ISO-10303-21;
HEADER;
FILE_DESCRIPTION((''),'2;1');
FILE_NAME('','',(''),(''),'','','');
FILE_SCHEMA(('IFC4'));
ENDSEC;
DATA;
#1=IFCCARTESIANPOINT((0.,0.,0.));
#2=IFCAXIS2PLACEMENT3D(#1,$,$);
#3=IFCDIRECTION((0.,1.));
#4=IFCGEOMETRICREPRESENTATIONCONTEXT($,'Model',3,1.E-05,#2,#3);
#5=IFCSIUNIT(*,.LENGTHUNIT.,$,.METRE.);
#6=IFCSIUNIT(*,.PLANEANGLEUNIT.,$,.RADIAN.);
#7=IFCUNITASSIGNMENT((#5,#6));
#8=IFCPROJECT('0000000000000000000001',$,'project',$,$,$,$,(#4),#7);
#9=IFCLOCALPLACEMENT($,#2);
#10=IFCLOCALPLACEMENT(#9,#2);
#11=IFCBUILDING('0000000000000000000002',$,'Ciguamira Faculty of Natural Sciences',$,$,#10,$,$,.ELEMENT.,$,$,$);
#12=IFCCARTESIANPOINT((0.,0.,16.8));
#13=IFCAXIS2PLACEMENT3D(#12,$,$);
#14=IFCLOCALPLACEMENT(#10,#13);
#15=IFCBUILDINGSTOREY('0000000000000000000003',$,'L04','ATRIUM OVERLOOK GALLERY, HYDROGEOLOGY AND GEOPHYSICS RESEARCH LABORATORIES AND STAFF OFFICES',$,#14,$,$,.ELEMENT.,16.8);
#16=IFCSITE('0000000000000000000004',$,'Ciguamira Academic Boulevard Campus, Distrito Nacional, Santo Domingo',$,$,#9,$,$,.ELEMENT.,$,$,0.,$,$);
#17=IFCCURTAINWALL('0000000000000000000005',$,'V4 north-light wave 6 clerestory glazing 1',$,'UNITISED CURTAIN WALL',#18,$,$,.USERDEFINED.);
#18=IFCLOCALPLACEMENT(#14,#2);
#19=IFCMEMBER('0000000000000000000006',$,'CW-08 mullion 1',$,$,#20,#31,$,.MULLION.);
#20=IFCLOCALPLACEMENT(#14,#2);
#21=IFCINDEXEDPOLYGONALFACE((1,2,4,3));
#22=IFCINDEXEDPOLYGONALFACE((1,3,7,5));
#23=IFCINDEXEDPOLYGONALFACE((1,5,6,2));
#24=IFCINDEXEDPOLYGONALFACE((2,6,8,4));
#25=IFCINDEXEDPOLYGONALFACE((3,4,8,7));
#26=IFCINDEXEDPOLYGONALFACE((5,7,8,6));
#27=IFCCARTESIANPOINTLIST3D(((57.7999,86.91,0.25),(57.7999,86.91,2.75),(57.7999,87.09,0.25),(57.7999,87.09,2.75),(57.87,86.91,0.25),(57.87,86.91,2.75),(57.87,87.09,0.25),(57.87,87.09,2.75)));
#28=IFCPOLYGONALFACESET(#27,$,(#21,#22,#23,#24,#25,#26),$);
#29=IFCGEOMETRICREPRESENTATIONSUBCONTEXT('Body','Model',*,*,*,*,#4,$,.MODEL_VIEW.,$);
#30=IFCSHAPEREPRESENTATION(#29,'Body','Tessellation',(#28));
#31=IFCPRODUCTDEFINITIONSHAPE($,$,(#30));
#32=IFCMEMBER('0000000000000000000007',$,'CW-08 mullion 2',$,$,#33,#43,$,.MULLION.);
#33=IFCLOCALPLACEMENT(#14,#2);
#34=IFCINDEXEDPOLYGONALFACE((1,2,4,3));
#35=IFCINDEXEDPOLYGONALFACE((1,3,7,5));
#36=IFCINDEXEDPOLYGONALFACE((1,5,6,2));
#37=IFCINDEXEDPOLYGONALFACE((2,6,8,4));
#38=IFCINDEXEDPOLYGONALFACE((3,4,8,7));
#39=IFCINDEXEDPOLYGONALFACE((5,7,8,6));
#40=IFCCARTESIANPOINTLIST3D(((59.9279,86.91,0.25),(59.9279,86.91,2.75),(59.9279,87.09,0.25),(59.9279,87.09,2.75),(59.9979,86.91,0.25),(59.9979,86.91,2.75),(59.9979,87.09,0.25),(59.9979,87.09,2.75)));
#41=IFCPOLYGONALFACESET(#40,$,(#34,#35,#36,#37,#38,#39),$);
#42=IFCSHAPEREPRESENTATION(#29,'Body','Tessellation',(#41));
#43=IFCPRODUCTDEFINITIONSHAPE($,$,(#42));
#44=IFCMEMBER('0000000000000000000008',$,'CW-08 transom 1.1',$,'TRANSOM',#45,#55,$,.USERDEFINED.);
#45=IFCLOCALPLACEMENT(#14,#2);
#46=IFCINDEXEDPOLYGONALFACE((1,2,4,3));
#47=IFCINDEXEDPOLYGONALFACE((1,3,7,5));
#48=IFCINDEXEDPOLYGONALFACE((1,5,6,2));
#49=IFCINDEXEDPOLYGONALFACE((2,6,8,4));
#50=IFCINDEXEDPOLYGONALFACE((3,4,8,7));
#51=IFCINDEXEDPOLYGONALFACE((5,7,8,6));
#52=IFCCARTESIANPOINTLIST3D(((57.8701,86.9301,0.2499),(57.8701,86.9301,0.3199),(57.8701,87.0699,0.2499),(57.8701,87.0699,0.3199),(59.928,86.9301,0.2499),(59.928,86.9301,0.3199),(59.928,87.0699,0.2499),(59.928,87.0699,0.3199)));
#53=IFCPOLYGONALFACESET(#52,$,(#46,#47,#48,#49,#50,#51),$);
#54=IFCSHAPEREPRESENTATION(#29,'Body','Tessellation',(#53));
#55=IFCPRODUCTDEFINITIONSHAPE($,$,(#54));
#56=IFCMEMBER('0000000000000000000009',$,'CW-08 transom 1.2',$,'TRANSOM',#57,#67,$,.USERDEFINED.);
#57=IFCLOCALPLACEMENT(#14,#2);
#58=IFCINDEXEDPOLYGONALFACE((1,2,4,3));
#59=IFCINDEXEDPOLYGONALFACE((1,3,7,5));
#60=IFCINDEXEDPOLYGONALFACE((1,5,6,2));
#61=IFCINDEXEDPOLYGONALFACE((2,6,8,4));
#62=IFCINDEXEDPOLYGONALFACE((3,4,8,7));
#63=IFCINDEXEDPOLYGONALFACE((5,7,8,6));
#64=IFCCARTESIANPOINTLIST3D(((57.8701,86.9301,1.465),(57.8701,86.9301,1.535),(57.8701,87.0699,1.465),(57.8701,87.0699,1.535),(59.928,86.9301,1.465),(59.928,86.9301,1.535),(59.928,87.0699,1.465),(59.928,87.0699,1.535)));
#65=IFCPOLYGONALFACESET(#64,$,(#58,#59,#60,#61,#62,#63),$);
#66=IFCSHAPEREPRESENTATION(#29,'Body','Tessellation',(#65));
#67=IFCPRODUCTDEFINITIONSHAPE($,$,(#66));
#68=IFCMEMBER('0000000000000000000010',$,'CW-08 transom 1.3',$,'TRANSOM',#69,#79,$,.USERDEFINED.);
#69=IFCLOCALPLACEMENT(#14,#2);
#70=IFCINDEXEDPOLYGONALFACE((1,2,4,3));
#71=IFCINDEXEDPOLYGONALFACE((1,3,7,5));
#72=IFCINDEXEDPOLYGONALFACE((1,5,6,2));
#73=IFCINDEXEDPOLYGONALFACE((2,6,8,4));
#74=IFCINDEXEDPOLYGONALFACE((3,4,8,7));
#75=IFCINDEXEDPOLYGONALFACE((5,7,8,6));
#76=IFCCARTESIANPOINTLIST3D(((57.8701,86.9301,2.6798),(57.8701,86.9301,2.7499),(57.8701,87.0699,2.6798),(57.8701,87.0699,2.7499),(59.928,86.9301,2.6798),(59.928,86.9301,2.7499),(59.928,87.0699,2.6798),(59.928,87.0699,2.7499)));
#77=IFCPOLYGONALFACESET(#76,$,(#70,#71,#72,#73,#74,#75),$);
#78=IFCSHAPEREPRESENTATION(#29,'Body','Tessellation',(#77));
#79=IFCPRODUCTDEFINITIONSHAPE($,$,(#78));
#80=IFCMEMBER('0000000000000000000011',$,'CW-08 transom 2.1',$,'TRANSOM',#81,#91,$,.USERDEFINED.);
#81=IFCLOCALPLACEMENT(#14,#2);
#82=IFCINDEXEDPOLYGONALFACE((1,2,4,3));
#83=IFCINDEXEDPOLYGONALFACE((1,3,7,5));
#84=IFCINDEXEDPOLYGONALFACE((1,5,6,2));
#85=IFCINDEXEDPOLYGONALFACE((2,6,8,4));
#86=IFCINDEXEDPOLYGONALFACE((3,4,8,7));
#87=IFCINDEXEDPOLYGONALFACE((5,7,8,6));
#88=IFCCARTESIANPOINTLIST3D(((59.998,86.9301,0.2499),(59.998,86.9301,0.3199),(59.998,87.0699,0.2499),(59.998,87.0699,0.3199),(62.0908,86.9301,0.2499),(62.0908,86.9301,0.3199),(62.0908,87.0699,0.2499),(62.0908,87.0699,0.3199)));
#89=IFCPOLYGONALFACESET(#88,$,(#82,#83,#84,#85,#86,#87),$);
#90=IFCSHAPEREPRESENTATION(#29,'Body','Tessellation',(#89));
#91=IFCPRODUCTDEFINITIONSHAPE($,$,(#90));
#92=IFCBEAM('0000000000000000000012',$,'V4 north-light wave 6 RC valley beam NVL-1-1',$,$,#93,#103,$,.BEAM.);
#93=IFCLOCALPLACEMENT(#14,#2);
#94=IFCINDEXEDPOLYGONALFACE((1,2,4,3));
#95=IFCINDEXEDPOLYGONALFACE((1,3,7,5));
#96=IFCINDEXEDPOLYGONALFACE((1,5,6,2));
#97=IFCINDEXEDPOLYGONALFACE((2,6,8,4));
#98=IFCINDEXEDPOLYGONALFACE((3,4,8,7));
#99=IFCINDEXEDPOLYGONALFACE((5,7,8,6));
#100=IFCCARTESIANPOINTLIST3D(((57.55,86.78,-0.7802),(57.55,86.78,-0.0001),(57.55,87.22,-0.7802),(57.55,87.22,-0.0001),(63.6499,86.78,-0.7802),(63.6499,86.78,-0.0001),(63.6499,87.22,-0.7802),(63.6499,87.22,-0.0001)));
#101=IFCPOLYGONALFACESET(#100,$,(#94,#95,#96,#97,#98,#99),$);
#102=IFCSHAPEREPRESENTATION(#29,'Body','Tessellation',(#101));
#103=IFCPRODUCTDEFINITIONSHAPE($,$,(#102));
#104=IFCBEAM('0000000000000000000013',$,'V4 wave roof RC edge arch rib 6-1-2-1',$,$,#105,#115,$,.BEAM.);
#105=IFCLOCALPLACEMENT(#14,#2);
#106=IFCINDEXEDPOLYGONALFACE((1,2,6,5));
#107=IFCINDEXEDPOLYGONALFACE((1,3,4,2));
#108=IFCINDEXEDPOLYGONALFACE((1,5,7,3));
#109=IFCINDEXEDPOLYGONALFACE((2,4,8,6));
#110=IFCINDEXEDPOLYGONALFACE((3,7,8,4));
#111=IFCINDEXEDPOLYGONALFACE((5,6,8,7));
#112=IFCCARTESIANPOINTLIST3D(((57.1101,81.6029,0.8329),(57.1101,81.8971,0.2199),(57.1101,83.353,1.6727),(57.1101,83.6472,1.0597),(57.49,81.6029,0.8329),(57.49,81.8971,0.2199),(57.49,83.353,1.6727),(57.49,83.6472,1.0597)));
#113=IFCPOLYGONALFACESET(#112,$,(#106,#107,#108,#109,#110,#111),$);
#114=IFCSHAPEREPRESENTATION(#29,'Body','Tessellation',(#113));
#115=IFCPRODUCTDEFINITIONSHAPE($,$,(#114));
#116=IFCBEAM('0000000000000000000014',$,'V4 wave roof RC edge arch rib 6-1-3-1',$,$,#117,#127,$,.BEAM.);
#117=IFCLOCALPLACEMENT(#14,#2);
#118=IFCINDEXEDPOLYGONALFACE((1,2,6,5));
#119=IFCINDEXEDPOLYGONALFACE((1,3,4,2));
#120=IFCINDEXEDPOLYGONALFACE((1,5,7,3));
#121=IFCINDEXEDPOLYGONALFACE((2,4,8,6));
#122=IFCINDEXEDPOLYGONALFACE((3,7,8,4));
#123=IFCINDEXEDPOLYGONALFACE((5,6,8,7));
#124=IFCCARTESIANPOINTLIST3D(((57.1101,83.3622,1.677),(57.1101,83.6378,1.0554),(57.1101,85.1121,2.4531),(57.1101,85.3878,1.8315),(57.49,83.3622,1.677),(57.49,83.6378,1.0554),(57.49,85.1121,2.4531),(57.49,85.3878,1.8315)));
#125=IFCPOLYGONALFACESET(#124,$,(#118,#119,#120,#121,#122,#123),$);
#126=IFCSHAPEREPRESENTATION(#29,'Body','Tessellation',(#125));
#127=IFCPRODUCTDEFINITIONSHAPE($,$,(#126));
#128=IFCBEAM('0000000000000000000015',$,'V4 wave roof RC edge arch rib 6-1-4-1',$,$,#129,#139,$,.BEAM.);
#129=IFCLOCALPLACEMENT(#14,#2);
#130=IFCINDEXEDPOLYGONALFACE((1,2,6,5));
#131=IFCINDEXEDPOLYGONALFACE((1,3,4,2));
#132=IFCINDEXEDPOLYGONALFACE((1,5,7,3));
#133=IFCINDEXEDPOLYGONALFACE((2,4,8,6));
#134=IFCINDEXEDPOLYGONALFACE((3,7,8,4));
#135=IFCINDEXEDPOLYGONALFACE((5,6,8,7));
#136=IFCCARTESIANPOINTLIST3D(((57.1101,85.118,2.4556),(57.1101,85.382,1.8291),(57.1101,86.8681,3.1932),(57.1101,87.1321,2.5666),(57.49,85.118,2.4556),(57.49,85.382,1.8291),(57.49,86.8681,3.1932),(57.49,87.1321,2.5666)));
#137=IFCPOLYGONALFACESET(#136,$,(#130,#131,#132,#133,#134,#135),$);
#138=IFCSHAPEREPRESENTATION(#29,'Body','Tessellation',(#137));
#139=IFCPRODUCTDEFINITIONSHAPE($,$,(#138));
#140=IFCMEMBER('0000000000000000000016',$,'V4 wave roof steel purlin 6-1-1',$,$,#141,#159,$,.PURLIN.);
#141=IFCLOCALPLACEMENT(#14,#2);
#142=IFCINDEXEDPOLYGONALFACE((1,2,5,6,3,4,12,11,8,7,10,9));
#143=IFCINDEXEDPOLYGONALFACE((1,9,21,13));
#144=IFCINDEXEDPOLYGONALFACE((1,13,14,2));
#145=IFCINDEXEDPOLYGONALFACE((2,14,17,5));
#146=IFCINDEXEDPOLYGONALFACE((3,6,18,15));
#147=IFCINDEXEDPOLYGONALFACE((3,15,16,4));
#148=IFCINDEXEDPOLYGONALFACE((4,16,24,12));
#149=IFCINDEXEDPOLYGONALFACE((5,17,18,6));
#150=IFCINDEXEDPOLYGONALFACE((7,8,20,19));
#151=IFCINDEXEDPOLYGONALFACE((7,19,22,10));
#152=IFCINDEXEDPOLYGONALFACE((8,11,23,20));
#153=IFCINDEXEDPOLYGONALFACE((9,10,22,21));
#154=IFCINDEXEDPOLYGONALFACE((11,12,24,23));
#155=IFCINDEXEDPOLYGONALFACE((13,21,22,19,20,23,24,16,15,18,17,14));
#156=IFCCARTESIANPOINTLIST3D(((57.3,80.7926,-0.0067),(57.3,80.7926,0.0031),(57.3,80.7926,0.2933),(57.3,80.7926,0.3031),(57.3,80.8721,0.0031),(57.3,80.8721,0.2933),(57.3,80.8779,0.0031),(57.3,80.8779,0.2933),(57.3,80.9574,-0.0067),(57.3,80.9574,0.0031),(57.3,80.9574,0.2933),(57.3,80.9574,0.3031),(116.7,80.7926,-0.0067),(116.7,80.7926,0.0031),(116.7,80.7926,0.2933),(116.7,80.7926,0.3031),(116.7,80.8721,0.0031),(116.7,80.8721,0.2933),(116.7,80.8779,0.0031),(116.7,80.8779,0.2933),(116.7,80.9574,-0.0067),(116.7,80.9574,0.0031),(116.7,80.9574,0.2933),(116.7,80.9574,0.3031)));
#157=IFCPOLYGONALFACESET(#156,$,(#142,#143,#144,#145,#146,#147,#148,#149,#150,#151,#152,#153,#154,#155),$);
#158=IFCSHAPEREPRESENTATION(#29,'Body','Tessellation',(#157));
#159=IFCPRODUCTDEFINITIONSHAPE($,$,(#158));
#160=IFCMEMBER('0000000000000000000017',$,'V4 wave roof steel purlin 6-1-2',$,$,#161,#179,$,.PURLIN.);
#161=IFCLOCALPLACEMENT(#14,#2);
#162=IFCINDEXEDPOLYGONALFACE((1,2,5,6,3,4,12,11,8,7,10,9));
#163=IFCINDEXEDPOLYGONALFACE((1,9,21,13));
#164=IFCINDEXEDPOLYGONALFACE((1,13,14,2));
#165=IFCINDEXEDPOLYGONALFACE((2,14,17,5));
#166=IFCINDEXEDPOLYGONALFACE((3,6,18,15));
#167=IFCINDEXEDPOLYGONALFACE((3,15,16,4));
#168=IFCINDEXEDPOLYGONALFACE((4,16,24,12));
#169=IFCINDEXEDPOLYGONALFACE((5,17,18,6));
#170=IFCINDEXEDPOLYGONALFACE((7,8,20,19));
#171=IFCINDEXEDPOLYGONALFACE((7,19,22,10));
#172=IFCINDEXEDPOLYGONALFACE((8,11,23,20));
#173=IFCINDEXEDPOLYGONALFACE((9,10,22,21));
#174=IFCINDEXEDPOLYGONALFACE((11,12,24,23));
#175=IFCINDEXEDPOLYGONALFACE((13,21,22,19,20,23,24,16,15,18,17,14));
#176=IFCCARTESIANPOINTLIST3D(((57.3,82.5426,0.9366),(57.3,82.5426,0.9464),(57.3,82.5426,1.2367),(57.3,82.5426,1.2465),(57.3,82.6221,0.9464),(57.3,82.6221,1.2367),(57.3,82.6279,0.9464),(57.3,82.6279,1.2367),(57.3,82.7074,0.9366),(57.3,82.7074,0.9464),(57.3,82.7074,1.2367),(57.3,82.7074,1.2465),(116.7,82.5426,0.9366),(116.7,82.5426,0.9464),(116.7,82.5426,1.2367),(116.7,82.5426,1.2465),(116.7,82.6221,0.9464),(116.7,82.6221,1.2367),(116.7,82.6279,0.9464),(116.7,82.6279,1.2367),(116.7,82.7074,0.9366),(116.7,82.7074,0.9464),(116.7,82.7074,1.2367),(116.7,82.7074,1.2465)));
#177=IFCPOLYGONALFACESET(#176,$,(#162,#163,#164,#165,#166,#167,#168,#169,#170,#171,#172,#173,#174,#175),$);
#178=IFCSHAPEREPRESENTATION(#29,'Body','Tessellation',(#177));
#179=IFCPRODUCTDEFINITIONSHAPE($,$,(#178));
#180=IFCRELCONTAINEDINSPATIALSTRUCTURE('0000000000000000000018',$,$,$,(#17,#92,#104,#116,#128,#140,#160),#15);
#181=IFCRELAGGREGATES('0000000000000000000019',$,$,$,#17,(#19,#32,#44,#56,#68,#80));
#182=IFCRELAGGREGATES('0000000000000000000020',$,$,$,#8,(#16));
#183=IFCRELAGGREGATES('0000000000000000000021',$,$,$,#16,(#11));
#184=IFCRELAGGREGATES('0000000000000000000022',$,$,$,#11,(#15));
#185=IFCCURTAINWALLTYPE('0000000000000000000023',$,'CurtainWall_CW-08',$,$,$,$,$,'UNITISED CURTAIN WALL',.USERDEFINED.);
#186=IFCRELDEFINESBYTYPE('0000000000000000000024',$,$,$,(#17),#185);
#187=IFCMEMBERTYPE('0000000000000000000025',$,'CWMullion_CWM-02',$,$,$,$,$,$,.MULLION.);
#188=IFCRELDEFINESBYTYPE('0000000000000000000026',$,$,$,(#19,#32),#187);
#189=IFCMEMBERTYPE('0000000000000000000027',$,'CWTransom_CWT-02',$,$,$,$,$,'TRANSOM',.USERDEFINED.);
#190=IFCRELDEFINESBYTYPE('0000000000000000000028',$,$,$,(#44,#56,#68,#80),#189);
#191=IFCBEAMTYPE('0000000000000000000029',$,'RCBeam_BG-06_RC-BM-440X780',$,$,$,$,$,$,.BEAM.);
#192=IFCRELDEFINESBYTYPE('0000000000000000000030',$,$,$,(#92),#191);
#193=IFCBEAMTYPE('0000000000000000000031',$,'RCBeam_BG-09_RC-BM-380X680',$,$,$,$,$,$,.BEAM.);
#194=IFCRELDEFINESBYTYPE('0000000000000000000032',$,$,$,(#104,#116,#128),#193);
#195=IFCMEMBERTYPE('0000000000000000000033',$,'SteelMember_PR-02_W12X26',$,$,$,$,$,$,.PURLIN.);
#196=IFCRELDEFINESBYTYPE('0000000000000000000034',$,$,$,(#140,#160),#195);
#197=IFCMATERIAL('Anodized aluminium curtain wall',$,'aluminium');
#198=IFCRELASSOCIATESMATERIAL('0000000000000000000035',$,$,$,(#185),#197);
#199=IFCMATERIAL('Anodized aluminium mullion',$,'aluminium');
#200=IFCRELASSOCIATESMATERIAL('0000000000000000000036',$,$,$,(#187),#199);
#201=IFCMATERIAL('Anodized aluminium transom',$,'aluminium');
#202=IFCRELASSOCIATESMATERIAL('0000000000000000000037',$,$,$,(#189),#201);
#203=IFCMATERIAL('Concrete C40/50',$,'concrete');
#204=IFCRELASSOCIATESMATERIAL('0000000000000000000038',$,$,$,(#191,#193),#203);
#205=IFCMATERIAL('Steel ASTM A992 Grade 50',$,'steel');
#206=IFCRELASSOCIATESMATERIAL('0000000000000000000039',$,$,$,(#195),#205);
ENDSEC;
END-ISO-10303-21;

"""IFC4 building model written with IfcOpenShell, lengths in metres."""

from ifc_helpers import new_model, si_unit, direction, frame, origin, origin_2d, place, context, subcontext, project, spatial, rectangle, i_section, extrude, material, material_profile, profile_set, type_object, element, aggregate, save


model = new_model("IFC4")

# Units and contexts
model_context = context("Model", 3, precision=1e-05, world=origin(), true_north=direction((0.0, 1.0)))
body_context = subcontext(model_context, "Body", "Model", "MODEL_VIEW")
ifc_project = project(units=[si_unit("LENGTHUNIT", "METRE"), si_unit("PLANEANGLEUNIT", "RADIAN")], contexts=[model_context])

# Site, building, storey
site_placement = place(None, origin())
site = spatial("IfcSite", under=ifc_project, at=site_placement, Name="Ciguamira Academic Boulevard Campus, Distrito Nacional, Santo Domingo", CompositionType="ELEMENT", RefElevation=0.0)
building_placement = place(site_placement, origin())
building = spatial("IfcBuilding", under=site, at=building_placement, Name="Ciguamira Faculty of Natural Sciences", CompositionType="ELEMENT")
storey_placement = place(building_placement, frame((0.0, 0.0, 16.8)))
storey = spatial("IfcBuildingStorey", under=building, at=storey_placement, Name="L04", Description="ATRIUM OVERLOOK GALLERY, HYDROGEOLOGY AND GEOPHYSICS RESEARCH LABORATORIES AND STAFF OFFICES", CompositionType="ELEMENT", Elevation=16.8)

# Curtain wall, members
ifc_material_1 = material(Name="Anodized aluminium curtain wall", Category="aluminium")
curtain_wall_type = type_object("IfcCurtainWallType", Name="CurtainWall_CW-08", ElementType="UNITISED CURTAIN WALL", PredefinedType="USERDEFINED", material=ifc_material_1)
curtain_wall_placement = place(storey_placement, origin())
curtain_wall = element("IfcCurtainWall", 1, at=curtain_wall_placement, inside=storey, type_object=curtain_wall_type, Name="V4 north-light wave 6 clerestory glazing 1", ObjectType="UNITISED CURTAIN WALL", PredefinedType="USERDEFINED")
ifc_material_2 = material(Name="Anodized aluminium mullion", Category="aluminium")
ifc_material_profile_1 = material_profile(ifc_material_2, rectangle(XDim=0.0701, YDim=0.1799, at=origin_2d()), Name="ALU-MUL-70X180")
ifc_profile_set_1 = profile_set([ifc_material_profile_1], Name="Anodized aluminium mullion")
member_type_1 = type_object("IfcMemberType", Name="CWMullion_CWM-02", PredefinedType="MULLION", material=ifc_profile_set_1)
member_1_placement = place(storey_placement, frame((57.835, 87.0, 0.25), z_axis=(0.0, 0.0, 1.0), x_axis=(1.0, 0.0, 0.0)))
member_1 = element("IfcMember", 2, at=member_1_placement, type_object=member_type_1, Name="CW-08 mullion 1", PredefinedType="MULLION", context=body_context, shape_type="SweptSolid", body=[
    extrude(rectangle(XDim=0.0701, YDim=0.1799, at=origin_2d()), origin(), (0.0, 0.0, 1.0), 2.5),
])
member_2_placement = place(storey_placement, frame((59.9629, 87.0, 0.25), z_axis=(0.0, 0.0, 1.0), x_axis=(1.0, 0.0, 0.0)))
member_2 = element("IfcMember", 3, at=member_2_placement, type_object=member_type_1, Name="CW-08 mullion 2", PredefinedType="MULLION", context=body_context, shape_type="SweptSolid", body=[
    extrude(rectangle(XDim=0.0701, YDim=0.1799, at=origin_2d()), origin(), (0.0, 0.0, 1.0), 2.5),
])
ifc_material_3 = material(Name="Anodized aluminium transom", Category="aluminium")
ifc_material_profile_2 = material_profile(ifc_material_3, rectangle(XDim=0.0701, YDim=0.1399, at=origin_2d()), Name="ALU-TRN-70X140")
ifc_profile_set_2 = profile_set([ifc_material_profile_2], Name="Anodized aluminium transom")
member_type_2 = type_object("IfcMemberType", Name="CWTransom_CWT-02", ElementType="TRANSOM", PredefinedType="USERDEFINED", material=ifc_profile_set_2)
member_3_placement = place(storey_placement, frame((57.8701, 87.0, 0.2849), z_axis=(1.0, 0.0, 0.0), x_axis=(0.0, 0.0, 1.0)))
member_3 = element("IfcMember", 4, at=member_3_placement, type_object=member_type_2, Name="CW-08 transom 1.1", ObjectType="TRANSOM", PredefinedType="USERDEFINED", context=body_context, shape_type="SweptSolid", body=[
    extrude(rectangle(XDim=0.0701, YDim=0.1399, at=origin_2d()), origin(), (0.0, 0.0, 1.0), 2.0579),
])
member_4_placement = place(storey_placement, frame((57.8701, 87.0, 1.5), z_axis=(1.0, 0.0, 0.0), x_axis=(0.0, 0.0, 1.0)))
member_4 = element("IfcMember", 5, at=member_4_placement, type_object=member_type_2, Name="CW-08 transom 1.2", ObjectType="TRANSOM", PredefinedType="USERDEFINED", context=body_context, shape_type="SweptSolid", body=[
    extrude(rectangle(XDim=0.0701, YDim=0.1399, at=origin_2d()), origin(), (0.0, 0.0, 1.0), 2.0579),
])
member_5_placement = place(storey_placement, frame((57.8701, 87.0, 2.7148), z_axis=(1.0, 0.0, 0.0), x_axis=(0.0, 0.0, 1.0)))
member_5 = element("IfcMember", 6, at=member_5_placement, type_object=member_type_2, Name="CW-08 transom 1.3", ObjectType="TRANSOM", PredefinedType="USERDEFINED", context=body_context, shape_type="SweptSolid", body=[
    extrude(rectangle(XDim=0.0701, YDim=0.1399, at=origin_2d()), origin(), (0.0, 0.0, 1.0), 2.0579),
])
member_6_placement = place(storey_placement, frame((59.998, 87.0, 0.2849), z_axis=(1.0, 0.0, 0.0), x_axis=(0.0, 0.0, 1.0)))
member_6 = element("IfcMember", 7, at=member_6_placement, type_object=member_type_2, Name="CW-08 transom 2.1", ObjectType="TRANSOM", PredefinedType="USERDEFINED", context=body_context, shape_type="SweptSolid", body=[
    extrude(rectangle(XDim=0.0701, YDim=0.1399, at=origin_2d()), origin(), (0.0, 0.0, 1.0), 2.0928),
])

# Beams
ifc_material_4 = material(Name="Concrete C40/50", Category="concrete")
ifc_material_profile_3 = material_profile(ifc_material_4, rectangle(XDim=0.4399, YDim=0.78, at=origin_2d()), Name="RC-BM-440X780")
ifc_profile_set_3 = profile_set([ifc_material_profile_3], Name="Concrete C40/50")
beam_type_1 = type_object("IfcBeamType", Name="RCBeam_BG-06_RC-BM-440X780", PredefinedType="BEAM", material=ifc_profile_set_3)
beam_1_placement = place(storey_placement, frame((57.55, 87.0, -0.3901), z_axis=(1.0, 0.0, 0.0), x_axis=(0.0, 1.0, 0.0)))
element("IfcBeam", 8, at=beam_1_placement, inside=storey, type_object=beam_type_1, Name="V4 north-light wave 6 RC valley beam NVL-1-1", PredefinedType="BEAM", context=body_context, shape_type="SweptSolid", body=[
    extrude(rectangle(XDim=0.4399, YDim=0.78, at=origin_2d()), origin(), (0.0, 0.0, 1.0), 6.0999),
])
ifc_material_profile_4 = material_profile(ifc_material_4, rectangle(XDim=0.3799, YDim=0.6799, at=origin_2d()), Name="RC-BM-380X680")
ifc_profile_set_4 = profile_set([ifc_material_profile_4], Name="Concrete C40/50")
beam_type_2 = type_object("IfcBeamType", Name="RCBeam_BG-09_RC-BM-380X680", PredefinedType="BEAM", material=ifc_profile_set_4)
beam_2_placement = place(storey_placement, frame((57.3, 81.75, 0.5264), z_axis=(0.0, 0.901554, 0.432666), x_axis=(-1.0, 0.0, 0.0)))
element("IfcBeam", 9, at=beam_2_placement, inside=storey, type_object=beam_type_2, Name="V4 wave roof RC edge arch rib 6-1-2-1", PredefinedType="BEAM", context=body_context, shape_type="SweptSolid", body=[
    extrude(rectangle(XDim=0.3799, YDim=0.6799, at=origin_2d()), origin(), (0.0, 0.0, 1.0), 1.9412),
])
beam_3_placement = place(storey_placement, frame((57.3, 83.5, 1.3662), z_axis=(0.0, 0.914132, 0.405417), x_axis=(-1.0, 0.0, 0.0)))
element("IfcBeam", 10, at=beam_3_placement, inside=storey, type_object=beam_type_2, Name="V4 wave roof RC edge arch rib 6-1-3-1", PredefinedType="BEAM", context=body_context, shape_type="SweptSolid", body=[
    extrude(rectangle(XDim=0.3799, YDim=0.6799, at=origin_2d()), origin(), (0.0, 0.0, 1.0), 1.9143),
])
beam_4_placement = place(storey_placement, frame((57.3, 85.25, 2.1423), z_axis=(0.0, 0.921502, 0.388373), x_axis=(-1.0, 0.0, 0.0)))
element("IfcBeam", 11, at=beam_4_placement, inside=storey, type_object=beam_type_2, Name="V4 wave roof RC edge arch rib 6-1-4-1", PredefinedType="BEAM", context=body_context, shape_type="SweptSolid", body=[
    extrude(rectangle(XDim=0.3799, YDim=0.6799, at=origin_2d()), origin(), (0.0, 0.0, 1.0), 1.8992),
])

# Members
ifc_material_5 = material(Name="Steel ASTM A992 Grade 50", Category="steel")
ifc_material_profile_5 = material_profile(ifc_material_5, i_section(OverallWidth=0.1648, OverallDepth=0.3098, WebThickness=0.0059, FlangeThickness=0.0098, at=origin_2d()), Name="W12X26")
ifc_profile_set_5 = profile_set([ifc_material_profile_5], Name="Steel ASTM A992 Grade 50")
member_type_3 = type_object("IfcMemberType", Name="SteelMember_PR-02_W12X26", PredefinedType="PURLIN", material=ifc_profile_set_5)
for number, where, z_axis, x_axis, name in (
    (12, (57.3, 80.875, 0.1482), (1.0, 0.0, 0.0), (0.0, 1.0, 0.0), "V4 wave roof steel purlin 6-1-1"),
    (13, (57.3, 82.625, 1.0916), (1.0, 0.0, 0.0), (0.0, 1.0, 0.0), "V4 wave roof steel purlin 6-1-2"),
):
    element("IfcMember", number, at=place(storey_placement, frame(where, z_axis=z_axis, x_axis=x_axis)), inside=storey, type_object=member_type_3, Name=name, PredefinedType="PURLIN", context=body_context, shape_type="SweptSolid", body=[
        extrude(i_section(OverallWidth=0.1648, OverallDepth=0.3098, WebThickness=0.0059, FlangeThickness=0.0098, at=origin_2d()), origin(), (0.0, 0.0, 1.0), 59.3999),
    ])

aggregate(curtain_wall, [member_1, member_2, member_3, member_4, member_5, member_6])

save(model, "model.ifc")
